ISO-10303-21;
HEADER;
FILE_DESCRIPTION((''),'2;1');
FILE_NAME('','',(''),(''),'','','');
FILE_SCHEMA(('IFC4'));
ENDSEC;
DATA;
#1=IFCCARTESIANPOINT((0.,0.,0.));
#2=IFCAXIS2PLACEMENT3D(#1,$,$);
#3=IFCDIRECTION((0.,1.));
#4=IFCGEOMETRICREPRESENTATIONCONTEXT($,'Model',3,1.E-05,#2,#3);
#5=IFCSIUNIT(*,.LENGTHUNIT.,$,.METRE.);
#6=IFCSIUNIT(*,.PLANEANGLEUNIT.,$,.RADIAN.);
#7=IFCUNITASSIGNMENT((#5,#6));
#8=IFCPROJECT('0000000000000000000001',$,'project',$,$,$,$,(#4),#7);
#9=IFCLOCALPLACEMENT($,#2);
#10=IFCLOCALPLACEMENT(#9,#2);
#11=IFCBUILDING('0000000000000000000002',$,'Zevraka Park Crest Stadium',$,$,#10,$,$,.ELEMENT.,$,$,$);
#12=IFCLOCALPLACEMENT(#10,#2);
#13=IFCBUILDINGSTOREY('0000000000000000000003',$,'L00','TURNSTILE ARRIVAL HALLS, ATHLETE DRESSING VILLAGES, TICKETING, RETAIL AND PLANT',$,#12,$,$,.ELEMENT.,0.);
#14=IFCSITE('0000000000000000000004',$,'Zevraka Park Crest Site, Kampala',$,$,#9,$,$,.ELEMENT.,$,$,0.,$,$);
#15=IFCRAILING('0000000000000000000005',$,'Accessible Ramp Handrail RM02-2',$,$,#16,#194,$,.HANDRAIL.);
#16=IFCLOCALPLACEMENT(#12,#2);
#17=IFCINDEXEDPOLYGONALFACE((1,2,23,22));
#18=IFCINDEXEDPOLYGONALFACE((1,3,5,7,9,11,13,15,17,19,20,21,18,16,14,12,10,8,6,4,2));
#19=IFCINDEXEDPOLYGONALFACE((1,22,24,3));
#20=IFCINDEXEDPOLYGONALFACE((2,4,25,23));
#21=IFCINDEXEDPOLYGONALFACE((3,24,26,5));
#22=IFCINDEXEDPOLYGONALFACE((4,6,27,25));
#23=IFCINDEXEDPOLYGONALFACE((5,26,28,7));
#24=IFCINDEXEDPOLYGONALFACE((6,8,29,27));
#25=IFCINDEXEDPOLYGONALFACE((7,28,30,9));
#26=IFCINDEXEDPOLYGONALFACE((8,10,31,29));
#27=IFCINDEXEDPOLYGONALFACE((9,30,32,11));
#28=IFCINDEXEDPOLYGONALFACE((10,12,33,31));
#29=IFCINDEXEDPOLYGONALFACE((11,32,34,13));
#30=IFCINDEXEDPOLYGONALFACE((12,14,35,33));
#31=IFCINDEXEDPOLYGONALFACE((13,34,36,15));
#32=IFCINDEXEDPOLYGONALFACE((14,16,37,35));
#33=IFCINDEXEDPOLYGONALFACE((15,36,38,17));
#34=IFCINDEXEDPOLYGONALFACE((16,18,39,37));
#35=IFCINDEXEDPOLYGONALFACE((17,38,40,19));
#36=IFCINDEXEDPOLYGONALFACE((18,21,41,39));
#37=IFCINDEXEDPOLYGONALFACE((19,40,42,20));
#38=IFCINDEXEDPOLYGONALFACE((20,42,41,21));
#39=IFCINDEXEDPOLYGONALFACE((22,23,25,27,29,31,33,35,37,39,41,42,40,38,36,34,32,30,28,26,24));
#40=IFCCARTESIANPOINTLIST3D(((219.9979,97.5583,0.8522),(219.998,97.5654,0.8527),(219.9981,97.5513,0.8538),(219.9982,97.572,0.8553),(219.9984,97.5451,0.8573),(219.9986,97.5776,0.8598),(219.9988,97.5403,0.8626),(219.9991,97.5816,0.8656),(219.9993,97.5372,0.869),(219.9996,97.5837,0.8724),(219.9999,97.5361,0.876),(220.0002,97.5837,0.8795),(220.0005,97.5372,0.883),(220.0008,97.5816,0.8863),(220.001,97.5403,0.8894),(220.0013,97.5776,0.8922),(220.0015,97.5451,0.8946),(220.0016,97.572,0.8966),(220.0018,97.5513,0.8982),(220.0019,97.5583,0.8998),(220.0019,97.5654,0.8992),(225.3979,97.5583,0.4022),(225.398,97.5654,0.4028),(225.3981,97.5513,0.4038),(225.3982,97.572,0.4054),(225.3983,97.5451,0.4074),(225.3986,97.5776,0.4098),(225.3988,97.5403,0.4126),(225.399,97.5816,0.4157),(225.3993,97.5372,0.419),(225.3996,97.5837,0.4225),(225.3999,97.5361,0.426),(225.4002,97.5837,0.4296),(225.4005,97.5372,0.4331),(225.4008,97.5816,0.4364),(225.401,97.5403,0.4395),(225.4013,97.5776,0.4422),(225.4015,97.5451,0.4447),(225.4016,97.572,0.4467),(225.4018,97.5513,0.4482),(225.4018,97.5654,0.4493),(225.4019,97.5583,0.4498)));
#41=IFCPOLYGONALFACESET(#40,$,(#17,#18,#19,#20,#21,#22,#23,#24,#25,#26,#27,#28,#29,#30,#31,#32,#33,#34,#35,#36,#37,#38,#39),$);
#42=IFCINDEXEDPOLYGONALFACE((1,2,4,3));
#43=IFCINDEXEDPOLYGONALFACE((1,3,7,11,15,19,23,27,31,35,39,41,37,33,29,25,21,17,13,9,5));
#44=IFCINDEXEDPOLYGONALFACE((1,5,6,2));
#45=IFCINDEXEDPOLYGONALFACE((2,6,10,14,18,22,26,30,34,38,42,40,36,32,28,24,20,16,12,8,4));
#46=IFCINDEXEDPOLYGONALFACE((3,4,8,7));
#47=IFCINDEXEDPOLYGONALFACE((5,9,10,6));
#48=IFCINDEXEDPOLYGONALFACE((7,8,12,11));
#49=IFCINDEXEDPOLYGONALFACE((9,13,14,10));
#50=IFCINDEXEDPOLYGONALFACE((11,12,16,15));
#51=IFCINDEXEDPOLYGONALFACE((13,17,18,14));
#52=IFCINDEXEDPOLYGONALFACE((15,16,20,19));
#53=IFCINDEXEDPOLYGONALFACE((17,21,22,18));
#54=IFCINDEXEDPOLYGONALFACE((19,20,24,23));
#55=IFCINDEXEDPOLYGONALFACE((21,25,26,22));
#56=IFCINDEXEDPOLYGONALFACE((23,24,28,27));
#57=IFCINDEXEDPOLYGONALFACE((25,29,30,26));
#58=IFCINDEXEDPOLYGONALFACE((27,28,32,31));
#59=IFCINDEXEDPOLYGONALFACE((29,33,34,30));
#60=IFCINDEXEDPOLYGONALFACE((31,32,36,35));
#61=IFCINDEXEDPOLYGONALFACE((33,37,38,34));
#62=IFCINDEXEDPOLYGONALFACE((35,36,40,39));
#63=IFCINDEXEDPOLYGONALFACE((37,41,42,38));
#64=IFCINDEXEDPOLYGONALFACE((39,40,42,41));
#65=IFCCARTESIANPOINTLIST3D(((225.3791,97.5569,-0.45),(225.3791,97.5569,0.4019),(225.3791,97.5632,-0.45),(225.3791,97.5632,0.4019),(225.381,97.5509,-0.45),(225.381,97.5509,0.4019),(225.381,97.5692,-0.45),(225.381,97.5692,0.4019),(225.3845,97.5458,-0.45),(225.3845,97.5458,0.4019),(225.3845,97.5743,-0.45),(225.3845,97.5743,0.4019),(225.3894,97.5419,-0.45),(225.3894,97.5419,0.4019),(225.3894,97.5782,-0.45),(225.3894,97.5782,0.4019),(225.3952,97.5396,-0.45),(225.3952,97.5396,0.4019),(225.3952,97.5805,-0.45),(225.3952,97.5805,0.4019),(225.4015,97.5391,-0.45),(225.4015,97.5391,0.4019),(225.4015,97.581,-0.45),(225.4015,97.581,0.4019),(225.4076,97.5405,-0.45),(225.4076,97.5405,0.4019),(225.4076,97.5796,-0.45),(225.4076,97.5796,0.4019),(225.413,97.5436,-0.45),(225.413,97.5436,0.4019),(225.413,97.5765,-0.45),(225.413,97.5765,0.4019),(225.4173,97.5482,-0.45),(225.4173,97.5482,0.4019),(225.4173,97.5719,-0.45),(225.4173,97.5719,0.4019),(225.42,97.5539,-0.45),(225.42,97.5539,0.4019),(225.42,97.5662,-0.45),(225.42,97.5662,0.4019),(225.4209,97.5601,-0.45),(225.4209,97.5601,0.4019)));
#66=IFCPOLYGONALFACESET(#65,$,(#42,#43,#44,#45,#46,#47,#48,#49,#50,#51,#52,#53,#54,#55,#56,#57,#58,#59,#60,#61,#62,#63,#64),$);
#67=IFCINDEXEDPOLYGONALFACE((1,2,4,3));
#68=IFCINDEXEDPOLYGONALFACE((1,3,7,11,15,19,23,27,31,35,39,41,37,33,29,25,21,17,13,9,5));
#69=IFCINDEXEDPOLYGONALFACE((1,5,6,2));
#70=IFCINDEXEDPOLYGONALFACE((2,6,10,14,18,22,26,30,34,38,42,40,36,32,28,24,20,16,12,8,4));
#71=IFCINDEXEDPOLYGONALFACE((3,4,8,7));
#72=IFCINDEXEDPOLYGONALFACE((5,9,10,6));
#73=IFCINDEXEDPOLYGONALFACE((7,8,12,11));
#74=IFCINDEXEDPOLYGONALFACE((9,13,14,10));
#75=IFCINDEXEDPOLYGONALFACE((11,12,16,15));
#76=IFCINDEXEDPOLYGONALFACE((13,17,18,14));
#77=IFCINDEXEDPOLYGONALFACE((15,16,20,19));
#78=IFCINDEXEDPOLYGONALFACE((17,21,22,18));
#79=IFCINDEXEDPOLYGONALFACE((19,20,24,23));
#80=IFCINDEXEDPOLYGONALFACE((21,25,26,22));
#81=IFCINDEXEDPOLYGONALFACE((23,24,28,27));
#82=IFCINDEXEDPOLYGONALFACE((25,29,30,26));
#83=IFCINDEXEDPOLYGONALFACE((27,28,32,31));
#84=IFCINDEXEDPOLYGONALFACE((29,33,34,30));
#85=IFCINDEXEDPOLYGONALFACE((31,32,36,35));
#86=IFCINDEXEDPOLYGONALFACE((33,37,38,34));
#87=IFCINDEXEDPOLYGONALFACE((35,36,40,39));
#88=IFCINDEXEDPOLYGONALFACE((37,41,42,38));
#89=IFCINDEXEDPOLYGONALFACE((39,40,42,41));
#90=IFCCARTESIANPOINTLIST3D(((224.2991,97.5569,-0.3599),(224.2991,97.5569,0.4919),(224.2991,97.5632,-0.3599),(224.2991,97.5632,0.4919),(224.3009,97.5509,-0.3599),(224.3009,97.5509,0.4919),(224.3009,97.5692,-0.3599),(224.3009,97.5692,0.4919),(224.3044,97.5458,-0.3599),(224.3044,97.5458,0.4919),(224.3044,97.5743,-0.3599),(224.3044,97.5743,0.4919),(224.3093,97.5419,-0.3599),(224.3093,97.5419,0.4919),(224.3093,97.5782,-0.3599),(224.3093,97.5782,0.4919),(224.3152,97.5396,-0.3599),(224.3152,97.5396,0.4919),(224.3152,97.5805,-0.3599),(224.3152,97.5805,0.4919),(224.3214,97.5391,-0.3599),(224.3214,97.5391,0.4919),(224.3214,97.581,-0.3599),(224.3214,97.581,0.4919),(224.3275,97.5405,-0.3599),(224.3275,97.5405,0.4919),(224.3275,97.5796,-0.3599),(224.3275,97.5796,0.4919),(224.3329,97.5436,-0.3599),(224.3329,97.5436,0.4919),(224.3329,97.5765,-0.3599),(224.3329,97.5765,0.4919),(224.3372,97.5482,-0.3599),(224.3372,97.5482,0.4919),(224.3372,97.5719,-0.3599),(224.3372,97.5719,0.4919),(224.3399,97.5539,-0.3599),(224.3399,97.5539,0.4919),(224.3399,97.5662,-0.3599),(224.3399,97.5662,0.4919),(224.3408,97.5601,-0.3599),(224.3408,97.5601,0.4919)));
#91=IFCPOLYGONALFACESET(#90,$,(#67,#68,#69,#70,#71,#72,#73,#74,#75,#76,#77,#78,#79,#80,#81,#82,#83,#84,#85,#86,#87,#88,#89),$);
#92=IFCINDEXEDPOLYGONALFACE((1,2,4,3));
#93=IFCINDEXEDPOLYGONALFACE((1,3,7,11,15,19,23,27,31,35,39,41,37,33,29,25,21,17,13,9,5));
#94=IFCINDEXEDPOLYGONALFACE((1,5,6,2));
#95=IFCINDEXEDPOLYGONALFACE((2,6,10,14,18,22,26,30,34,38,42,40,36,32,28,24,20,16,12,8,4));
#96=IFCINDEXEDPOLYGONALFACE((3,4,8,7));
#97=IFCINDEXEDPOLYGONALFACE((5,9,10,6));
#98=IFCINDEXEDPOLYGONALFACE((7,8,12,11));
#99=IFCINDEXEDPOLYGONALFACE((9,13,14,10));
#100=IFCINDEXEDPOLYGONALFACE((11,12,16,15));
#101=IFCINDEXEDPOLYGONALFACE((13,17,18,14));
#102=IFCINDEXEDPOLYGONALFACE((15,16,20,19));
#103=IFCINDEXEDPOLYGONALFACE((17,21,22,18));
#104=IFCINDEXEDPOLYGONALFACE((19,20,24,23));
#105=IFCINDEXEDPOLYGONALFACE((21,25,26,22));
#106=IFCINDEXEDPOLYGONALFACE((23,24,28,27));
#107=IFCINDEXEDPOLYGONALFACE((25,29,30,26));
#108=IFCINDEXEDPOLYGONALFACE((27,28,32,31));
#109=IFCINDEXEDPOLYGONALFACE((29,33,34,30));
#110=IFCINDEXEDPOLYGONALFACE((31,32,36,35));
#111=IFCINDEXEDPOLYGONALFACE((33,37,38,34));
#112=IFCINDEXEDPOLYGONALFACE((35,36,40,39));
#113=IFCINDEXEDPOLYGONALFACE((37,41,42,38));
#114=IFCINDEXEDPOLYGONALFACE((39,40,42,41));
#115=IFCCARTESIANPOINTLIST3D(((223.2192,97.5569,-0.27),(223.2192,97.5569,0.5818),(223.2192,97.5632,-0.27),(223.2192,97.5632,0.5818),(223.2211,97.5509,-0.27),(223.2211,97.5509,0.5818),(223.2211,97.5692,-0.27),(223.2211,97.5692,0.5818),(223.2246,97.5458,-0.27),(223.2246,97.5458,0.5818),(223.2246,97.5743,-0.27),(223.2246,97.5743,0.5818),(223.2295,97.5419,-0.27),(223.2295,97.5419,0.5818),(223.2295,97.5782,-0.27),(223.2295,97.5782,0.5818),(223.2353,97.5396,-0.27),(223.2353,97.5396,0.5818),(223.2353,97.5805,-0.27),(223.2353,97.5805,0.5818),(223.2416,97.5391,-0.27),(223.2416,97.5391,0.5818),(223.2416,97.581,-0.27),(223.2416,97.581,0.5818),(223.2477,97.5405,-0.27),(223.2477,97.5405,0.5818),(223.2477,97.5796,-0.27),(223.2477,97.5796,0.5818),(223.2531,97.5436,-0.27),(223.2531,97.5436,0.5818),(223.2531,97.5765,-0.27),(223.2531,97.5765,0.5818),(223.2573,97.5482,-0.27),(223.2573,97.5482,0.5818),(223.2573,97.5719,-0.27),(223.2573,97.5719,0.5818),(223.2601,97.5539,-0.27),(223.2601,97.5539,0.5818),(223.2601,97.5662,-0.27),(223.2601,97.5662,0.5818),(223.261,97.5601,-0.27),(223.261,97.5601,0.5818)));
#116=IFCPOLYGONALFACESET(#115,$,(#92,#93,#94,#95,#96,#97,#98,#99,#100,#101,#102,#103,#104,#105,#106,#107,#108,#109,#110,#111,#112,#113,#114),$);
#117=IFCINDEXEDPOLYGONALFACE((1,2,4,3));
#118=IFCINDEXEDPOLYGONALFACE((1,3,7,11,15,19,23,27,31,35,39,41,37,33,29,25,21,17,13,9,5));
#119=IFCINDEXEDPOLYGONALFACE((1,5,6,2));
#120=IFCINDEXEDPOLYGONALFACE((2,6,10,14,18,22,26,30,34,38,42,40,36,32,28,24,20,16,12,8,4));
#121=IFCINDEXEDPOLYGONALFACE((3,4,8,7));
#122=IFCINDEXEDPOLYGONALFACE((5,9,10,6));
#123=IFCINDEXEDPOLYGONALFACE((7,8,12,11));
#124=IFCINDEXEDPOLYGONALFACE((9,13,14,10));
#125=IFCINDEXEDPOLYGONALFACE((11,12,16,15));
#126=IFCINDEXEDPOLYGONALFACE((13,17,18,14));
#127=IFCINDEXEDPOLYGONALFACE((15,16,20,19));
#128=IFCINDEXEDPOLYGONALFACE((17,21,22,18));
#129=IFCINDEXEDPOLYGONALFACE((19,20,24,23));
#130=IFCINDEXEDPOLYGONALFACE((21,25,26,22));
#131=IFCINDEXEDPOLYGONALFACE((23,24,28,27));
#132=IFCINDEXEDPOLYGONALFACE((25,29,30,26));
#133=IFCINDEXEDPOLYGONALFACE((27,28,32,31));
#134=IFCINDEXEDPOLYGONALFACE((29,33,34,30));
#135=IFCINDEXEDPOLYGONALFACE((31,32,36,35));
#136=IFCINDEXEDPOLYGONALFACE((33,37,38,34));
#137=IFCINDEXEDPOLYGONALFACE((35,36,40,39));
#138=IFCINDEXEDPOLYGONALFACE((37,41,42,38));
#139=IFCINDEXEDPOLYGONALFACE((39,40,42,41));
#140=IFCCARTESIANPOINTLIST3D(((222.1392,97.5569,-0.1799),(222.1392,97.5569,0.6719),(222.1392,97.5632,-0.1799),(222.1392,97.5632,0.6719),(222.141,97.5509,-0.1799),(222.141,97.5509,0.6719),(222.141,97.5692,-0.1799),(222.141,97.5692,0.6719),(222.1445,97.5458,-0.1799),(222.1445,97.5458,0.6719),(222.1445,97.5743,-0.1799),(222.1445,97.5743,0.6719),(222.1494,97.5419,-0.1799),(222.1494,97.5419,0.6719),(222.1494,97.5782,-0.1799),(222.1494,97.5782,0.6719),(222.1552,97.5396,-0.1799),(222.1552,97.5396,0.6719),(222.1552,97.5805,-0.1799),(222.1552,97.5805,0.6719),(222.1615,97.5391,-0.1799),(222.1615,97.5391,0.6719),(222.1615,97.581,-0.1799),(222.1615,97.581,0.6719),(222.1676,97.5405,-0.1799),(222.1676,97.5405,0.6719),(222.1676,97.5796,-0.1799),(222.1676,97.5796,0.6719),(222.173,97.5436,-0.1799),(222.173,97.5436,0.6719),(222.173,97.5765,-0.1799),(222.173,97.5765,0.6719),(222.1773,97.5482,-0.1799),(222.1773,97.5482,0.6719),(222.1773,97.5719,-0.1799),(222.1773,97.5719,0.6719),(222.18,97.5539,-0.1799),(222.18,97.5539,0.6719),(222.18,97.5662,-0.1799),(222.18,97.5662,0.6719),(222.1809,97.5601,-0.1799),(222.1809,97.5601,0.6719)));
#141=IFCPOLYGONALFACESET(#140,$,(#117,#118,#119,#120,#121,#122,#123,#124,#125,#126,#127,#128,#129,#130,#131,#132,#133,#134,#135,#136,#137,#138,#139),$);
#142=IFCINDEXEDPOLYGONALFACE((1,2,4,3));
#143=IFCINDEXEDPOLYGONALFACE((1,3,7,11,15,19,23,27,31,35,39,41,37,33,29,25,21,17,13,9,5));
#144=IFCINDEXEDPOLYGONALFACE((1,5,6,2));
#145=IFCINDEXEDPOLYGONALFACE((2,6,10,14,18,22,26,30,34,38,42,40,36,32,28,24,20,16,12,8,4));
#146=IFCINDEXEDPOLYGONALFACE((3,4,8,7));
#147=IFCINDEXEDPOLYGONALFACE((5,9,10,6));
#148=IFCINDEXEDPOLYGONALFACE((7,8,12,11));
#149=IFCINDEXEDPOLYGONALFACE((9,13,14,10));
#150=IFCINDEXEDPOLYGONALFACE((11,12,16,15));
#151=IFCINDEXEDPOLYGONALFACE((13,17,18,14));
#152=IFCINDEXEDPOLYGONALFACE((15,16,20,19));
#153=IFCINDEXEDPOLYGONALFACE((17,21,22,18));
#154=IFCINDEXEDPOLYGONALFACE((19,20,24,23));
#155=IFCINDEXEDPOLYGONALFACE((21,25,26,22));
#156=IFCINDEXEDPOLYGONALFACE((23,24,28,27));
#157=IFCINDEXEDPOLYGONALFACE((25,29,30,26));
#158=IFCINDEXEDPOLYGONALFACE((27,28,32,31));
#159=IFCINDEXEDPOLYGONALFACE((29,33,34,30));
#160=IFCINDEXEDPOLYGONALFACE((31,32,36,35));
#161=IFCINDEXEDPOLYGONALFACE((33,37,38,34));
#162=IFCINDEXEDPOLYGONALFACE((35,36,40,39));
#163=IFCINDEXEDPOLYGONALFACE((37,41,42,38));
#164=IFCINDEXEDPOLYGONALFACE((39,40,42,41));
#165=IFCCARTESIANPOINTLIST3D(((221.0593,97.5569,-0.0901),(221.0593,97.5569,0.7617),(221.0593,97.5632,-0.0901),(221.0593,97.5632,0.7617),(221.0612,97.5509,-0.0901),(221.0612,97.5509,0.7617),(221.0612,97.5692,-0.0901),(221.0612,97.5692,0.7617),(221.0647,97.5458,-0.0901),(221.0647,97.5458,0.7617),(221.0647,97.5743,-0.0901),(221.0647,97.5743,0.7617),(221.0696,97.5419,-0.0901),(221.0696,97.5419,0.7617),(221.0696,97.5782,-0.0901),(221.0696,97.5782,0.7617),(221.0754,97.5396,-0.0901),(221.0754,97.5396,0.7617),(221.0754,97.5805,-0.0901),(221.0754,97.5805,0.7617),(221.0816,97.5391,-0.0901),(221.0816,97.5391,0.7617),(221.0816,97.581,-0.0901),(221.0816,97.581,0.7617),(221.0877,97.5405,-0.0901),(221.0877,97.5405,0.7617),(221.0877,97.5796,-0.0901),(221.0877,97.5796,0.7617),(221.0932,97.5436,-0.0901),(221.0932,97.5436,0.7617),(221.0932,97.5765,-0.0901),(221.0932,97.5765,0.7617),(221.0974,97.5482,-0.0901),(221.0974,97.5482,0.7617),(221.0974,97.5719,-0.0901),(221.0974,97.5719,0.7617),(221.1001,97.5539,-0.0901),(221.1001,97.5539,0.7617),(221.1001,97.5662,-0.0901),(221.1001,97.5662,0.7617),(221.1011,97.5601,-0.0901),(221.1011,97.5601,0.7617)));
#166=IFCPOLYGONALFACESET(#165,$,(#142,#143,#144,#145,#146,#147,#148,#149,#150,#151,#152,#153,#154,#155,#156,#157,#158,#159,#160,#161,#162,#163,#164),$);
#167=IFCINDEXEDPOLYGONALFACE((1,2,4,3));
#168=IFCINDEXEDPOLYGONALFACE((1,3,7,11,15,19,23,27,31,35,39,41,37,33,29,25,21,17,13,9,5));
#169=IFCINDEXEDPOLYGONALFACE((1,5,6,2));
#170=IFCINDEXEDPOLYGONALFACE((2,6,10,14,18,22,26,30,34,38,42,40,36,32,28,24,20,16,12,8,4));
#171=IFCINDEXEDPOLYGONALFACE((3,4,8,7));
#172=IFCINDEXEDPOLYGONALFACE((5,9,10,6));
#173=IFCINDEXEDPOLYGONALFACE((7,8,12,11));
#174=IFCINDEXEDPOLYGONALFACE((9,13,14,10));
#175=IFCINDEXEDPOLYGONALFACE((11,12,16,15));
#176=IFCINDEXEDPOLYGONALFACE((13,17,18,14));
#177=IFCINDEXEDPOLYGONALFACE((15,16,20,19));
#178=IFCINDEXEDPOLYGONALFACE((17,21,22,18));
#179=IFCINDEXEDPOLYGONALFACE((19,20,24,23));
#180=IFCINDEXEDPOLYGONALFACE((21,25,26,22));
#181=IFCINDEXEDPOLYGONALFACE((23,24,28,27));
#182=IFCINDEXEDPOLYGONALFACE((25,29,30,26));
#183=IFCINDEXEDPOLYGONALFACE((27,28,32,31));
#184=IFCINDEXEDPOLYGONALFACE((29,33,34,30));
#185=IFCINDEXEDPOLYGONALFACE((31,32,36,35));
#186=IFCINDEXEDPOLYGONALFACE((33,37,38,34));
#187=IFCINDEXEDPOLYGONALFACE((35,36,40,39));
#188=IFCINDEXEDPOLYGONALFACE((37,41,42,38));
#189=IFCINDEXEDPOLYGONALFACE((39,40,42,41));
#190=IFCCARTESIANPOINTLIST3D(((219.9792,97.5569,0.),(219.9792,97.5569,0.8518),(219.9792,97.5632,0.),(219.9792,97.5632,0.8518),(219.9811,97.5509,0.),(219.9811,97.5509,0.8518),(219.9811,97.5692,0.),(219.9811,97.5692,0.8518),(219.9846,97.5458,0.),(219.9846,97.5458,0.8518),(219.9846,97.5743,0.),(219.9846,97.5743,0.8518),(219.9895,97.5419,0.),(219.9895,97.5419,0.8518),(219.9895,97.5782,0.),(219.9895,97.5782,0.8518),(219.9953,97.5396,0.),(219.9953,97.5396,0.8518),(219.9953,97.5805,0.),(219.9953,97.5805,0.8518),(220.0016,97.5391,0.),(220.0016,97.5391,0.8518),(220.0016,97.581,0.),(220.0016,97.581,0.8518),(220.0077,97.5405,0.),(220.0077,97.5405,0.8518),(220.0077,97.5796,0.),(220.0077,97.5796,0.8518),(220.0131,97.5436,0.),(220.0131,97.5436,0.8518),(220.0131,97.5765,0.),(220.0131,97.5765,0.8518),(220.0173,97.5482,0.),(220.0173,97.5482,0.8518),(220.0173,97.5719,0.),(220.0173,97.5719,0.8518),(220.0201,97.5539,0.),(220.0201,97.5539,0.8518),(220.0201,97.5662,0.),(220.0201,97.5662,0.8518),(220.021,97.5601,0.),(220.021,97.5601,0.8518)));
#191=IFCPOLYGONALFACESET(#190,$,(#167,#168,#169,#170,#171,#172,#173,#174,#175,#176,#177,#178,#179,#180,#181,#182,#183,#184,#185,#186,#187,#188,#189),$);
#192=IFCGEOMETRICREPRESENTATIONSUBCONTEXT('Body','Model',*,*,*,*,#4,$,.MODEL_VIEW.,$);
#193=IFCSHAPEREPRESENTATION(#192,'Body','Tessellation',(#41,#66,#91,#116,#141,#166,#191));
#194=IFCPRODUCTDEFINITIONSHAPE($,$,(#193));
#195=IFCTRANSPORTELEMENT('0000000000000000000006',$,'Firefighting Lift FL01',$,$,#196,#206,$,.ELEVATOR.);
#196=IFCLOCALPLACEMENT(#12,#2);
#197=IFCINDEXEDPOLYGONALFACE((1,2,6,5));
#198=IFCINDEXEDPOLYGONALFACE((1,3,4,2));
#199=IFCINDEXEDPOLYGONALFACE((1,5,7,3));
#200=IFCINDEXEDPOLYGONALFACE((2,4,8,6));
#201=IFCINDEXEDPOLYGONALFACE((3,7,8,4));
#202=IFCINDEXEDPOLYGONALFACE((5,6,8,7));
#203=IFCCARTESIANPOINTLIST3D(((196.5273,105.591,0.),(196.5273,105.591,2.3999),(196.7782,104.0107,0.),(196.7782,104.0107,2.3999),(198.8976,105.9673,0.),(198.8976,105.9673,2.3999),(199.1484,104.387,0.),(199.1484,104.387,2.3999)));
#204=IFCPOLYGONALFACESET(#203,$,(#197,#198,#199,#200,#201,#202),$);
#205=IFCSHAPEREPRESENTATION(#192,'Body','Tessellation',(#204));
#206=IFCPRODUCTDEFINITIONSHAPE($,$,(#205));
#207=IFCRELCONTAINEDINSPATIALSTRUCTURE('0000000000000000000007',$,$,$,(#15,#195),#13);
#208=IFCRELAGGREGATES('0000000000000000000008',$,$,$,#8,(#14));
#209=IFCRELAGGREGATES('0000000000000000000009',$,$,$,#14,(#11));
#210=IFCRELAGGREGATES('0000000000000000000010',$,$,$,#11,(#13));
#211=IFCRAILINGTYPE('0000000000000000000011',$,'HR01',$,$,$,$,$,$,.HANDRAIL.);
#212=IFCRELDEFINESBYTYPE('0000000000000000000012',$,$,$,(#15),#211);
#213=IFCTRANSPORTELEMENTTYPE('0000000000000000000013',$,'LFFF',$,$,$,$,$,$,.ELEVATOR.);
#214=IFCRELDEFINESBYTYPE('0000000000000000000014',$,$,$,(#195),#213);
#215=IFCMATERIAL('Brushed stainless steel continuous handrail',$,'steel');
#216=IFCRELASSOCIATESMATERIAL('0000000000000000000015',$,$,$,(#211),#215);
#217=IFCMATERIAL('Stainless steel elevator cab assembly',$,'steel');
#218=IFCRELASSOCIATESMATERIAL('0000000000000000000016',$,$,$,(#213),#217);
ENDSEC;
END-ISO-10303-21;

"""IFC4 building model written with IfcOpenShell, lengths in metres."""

from ifc_helpers import new_model, si_unit, direction, frame, origin, origin_2d, place, context, subcontext, project, spatial, rectangle, circle, extrude, material, type_object, element, save


model = new_model("IFC4")

# Units and contexts
model_context = context("Model", 3, precision=1e-05, world=origin(), true_north=direction((0.0, 1.0)))
body_context = subcontext(model_context, "Body", "Model", "MODEL_VIEW")
ifc_project = project(units=[si_unit("LENGTHUNIT", "METRE"), si_unit("PLANEANGLEUNIT", "RADIAN")], contexts=[model_context])

# Site, building, storey
site_placement = place(None, origin())
site = spatial("IfcSite", under=ifc_project, at=site_placement, Name="Zevraka Park Crest Site, Kampala", CompositionType="ELEMENT", RefElevation=0.0)
building_placement = place(site_placement, origin())
building = spatial("IfcBuilding", under=site, at=building_placement, Name="Zevraka Park Crest Stadium", CompositionType="ELEMENT")
storey_placement = place(building_placement, origin())
storey = spatial("IfcBuildingStorey", under=building, at=storey_placement, Name="L00", Description="TURNSTILE ARRIVAL HALLS, ATHLETE DRESSING VILLAGES, TICKETING, RETAIL AND PLANT", CompositionType="ELEMENT", Elevation=0.0)

# Railing
ifc_material_1 = material(Name="Brushed stainless steel continuous handrail", Category="steel")
railing_type_1 = type_object("IfcRailingType", Name="HR01", PredefinedType="HANDRAIL", material=ifc_material_1)
for number, where, name in (
    (1, (225.3999, 97.5601, -0.45), "Accessible Ramp Handrail RM02-2"),
):
    element("IfcRailing", number, at=place(storey_placement, frame(where)), inside=storey, type_object=railing_type_1, Name=name, PredefinedType="HANDRAIL", context=body_context, shape_type="SweptSolid", body=[
        extrude(circle(Radius=0.0239, at=origin_2d()), frame((0.0, 0.0, 0.876), z_axis=(-0.996546, 0.0, 0.083038), x_axis=(0.0, -1.0, 0.0)), (0.0, 0.0, 1.0), 5.4187),
        extrude(circle(Radius=0.021, at=origin_2d()), origin(), (0.0, 0.0, 1.0), 0.8518),
        extrude(circle(Radius=0.021, at=origin_2d()), frame((-1.0801, 0.0, 0.0901)), (0.0, 0.0, 1.0), 0.8518),
        extrude(circle(Radius=0.021, at=origin_2d()), frame((-2.1599, 0.0, 0.1799)), (0.0, 0.0, 1.0), 0.8518),
        extrude(circle(Radius=0.021, at=origin_2d()), frame((-3.24, 0.0, 0.27)), (0.0, 0.0, 1.0), 0.8518),
        extrude(circle(Radius=0.021, at=origin_2d()), frame((-4.3198, 0.0, 0.3599)), (0.0, 0.0, 1.0), 0.8518),
        extrude(circle(Radius=0.021, at=origin_2d()), frame((-5.3999, 0.0, 0.45)), (0.0, 0.0, 1.0), 0.8518),
    ])

# Transport element
ifc_material_2 = material(Name="Stainless steel elevator cab assembly", Category="steel")
transport_element_type = type_object("IfcTransportElementType", Name="LFFF", PredefinedType="ELEVATOR", material=ifc_material_2)
transport_element_placement = place(storey_placement, frame((197.8379, 104.989, 0.0), z_axis=(0.0, 0.0, 1.0), x_axis=(-0.156786, 0.987633, 0.0)))
element("IfcTransportElement", 2, at=transport_element_placement, inside=storey, type_object=transport_element_type, Name="Firefighting Lift FL01", PredefinedType="ELEVATOR", context=body_context, shape_type="SweptSolid", body=[
    extrude(rectangle(XDim=1.6001, YDim=2.3999, at=origin_2d()), origin(), (0.0, 0.0, 1.0), 2.3999),
])

save(model, "model.ifc")
